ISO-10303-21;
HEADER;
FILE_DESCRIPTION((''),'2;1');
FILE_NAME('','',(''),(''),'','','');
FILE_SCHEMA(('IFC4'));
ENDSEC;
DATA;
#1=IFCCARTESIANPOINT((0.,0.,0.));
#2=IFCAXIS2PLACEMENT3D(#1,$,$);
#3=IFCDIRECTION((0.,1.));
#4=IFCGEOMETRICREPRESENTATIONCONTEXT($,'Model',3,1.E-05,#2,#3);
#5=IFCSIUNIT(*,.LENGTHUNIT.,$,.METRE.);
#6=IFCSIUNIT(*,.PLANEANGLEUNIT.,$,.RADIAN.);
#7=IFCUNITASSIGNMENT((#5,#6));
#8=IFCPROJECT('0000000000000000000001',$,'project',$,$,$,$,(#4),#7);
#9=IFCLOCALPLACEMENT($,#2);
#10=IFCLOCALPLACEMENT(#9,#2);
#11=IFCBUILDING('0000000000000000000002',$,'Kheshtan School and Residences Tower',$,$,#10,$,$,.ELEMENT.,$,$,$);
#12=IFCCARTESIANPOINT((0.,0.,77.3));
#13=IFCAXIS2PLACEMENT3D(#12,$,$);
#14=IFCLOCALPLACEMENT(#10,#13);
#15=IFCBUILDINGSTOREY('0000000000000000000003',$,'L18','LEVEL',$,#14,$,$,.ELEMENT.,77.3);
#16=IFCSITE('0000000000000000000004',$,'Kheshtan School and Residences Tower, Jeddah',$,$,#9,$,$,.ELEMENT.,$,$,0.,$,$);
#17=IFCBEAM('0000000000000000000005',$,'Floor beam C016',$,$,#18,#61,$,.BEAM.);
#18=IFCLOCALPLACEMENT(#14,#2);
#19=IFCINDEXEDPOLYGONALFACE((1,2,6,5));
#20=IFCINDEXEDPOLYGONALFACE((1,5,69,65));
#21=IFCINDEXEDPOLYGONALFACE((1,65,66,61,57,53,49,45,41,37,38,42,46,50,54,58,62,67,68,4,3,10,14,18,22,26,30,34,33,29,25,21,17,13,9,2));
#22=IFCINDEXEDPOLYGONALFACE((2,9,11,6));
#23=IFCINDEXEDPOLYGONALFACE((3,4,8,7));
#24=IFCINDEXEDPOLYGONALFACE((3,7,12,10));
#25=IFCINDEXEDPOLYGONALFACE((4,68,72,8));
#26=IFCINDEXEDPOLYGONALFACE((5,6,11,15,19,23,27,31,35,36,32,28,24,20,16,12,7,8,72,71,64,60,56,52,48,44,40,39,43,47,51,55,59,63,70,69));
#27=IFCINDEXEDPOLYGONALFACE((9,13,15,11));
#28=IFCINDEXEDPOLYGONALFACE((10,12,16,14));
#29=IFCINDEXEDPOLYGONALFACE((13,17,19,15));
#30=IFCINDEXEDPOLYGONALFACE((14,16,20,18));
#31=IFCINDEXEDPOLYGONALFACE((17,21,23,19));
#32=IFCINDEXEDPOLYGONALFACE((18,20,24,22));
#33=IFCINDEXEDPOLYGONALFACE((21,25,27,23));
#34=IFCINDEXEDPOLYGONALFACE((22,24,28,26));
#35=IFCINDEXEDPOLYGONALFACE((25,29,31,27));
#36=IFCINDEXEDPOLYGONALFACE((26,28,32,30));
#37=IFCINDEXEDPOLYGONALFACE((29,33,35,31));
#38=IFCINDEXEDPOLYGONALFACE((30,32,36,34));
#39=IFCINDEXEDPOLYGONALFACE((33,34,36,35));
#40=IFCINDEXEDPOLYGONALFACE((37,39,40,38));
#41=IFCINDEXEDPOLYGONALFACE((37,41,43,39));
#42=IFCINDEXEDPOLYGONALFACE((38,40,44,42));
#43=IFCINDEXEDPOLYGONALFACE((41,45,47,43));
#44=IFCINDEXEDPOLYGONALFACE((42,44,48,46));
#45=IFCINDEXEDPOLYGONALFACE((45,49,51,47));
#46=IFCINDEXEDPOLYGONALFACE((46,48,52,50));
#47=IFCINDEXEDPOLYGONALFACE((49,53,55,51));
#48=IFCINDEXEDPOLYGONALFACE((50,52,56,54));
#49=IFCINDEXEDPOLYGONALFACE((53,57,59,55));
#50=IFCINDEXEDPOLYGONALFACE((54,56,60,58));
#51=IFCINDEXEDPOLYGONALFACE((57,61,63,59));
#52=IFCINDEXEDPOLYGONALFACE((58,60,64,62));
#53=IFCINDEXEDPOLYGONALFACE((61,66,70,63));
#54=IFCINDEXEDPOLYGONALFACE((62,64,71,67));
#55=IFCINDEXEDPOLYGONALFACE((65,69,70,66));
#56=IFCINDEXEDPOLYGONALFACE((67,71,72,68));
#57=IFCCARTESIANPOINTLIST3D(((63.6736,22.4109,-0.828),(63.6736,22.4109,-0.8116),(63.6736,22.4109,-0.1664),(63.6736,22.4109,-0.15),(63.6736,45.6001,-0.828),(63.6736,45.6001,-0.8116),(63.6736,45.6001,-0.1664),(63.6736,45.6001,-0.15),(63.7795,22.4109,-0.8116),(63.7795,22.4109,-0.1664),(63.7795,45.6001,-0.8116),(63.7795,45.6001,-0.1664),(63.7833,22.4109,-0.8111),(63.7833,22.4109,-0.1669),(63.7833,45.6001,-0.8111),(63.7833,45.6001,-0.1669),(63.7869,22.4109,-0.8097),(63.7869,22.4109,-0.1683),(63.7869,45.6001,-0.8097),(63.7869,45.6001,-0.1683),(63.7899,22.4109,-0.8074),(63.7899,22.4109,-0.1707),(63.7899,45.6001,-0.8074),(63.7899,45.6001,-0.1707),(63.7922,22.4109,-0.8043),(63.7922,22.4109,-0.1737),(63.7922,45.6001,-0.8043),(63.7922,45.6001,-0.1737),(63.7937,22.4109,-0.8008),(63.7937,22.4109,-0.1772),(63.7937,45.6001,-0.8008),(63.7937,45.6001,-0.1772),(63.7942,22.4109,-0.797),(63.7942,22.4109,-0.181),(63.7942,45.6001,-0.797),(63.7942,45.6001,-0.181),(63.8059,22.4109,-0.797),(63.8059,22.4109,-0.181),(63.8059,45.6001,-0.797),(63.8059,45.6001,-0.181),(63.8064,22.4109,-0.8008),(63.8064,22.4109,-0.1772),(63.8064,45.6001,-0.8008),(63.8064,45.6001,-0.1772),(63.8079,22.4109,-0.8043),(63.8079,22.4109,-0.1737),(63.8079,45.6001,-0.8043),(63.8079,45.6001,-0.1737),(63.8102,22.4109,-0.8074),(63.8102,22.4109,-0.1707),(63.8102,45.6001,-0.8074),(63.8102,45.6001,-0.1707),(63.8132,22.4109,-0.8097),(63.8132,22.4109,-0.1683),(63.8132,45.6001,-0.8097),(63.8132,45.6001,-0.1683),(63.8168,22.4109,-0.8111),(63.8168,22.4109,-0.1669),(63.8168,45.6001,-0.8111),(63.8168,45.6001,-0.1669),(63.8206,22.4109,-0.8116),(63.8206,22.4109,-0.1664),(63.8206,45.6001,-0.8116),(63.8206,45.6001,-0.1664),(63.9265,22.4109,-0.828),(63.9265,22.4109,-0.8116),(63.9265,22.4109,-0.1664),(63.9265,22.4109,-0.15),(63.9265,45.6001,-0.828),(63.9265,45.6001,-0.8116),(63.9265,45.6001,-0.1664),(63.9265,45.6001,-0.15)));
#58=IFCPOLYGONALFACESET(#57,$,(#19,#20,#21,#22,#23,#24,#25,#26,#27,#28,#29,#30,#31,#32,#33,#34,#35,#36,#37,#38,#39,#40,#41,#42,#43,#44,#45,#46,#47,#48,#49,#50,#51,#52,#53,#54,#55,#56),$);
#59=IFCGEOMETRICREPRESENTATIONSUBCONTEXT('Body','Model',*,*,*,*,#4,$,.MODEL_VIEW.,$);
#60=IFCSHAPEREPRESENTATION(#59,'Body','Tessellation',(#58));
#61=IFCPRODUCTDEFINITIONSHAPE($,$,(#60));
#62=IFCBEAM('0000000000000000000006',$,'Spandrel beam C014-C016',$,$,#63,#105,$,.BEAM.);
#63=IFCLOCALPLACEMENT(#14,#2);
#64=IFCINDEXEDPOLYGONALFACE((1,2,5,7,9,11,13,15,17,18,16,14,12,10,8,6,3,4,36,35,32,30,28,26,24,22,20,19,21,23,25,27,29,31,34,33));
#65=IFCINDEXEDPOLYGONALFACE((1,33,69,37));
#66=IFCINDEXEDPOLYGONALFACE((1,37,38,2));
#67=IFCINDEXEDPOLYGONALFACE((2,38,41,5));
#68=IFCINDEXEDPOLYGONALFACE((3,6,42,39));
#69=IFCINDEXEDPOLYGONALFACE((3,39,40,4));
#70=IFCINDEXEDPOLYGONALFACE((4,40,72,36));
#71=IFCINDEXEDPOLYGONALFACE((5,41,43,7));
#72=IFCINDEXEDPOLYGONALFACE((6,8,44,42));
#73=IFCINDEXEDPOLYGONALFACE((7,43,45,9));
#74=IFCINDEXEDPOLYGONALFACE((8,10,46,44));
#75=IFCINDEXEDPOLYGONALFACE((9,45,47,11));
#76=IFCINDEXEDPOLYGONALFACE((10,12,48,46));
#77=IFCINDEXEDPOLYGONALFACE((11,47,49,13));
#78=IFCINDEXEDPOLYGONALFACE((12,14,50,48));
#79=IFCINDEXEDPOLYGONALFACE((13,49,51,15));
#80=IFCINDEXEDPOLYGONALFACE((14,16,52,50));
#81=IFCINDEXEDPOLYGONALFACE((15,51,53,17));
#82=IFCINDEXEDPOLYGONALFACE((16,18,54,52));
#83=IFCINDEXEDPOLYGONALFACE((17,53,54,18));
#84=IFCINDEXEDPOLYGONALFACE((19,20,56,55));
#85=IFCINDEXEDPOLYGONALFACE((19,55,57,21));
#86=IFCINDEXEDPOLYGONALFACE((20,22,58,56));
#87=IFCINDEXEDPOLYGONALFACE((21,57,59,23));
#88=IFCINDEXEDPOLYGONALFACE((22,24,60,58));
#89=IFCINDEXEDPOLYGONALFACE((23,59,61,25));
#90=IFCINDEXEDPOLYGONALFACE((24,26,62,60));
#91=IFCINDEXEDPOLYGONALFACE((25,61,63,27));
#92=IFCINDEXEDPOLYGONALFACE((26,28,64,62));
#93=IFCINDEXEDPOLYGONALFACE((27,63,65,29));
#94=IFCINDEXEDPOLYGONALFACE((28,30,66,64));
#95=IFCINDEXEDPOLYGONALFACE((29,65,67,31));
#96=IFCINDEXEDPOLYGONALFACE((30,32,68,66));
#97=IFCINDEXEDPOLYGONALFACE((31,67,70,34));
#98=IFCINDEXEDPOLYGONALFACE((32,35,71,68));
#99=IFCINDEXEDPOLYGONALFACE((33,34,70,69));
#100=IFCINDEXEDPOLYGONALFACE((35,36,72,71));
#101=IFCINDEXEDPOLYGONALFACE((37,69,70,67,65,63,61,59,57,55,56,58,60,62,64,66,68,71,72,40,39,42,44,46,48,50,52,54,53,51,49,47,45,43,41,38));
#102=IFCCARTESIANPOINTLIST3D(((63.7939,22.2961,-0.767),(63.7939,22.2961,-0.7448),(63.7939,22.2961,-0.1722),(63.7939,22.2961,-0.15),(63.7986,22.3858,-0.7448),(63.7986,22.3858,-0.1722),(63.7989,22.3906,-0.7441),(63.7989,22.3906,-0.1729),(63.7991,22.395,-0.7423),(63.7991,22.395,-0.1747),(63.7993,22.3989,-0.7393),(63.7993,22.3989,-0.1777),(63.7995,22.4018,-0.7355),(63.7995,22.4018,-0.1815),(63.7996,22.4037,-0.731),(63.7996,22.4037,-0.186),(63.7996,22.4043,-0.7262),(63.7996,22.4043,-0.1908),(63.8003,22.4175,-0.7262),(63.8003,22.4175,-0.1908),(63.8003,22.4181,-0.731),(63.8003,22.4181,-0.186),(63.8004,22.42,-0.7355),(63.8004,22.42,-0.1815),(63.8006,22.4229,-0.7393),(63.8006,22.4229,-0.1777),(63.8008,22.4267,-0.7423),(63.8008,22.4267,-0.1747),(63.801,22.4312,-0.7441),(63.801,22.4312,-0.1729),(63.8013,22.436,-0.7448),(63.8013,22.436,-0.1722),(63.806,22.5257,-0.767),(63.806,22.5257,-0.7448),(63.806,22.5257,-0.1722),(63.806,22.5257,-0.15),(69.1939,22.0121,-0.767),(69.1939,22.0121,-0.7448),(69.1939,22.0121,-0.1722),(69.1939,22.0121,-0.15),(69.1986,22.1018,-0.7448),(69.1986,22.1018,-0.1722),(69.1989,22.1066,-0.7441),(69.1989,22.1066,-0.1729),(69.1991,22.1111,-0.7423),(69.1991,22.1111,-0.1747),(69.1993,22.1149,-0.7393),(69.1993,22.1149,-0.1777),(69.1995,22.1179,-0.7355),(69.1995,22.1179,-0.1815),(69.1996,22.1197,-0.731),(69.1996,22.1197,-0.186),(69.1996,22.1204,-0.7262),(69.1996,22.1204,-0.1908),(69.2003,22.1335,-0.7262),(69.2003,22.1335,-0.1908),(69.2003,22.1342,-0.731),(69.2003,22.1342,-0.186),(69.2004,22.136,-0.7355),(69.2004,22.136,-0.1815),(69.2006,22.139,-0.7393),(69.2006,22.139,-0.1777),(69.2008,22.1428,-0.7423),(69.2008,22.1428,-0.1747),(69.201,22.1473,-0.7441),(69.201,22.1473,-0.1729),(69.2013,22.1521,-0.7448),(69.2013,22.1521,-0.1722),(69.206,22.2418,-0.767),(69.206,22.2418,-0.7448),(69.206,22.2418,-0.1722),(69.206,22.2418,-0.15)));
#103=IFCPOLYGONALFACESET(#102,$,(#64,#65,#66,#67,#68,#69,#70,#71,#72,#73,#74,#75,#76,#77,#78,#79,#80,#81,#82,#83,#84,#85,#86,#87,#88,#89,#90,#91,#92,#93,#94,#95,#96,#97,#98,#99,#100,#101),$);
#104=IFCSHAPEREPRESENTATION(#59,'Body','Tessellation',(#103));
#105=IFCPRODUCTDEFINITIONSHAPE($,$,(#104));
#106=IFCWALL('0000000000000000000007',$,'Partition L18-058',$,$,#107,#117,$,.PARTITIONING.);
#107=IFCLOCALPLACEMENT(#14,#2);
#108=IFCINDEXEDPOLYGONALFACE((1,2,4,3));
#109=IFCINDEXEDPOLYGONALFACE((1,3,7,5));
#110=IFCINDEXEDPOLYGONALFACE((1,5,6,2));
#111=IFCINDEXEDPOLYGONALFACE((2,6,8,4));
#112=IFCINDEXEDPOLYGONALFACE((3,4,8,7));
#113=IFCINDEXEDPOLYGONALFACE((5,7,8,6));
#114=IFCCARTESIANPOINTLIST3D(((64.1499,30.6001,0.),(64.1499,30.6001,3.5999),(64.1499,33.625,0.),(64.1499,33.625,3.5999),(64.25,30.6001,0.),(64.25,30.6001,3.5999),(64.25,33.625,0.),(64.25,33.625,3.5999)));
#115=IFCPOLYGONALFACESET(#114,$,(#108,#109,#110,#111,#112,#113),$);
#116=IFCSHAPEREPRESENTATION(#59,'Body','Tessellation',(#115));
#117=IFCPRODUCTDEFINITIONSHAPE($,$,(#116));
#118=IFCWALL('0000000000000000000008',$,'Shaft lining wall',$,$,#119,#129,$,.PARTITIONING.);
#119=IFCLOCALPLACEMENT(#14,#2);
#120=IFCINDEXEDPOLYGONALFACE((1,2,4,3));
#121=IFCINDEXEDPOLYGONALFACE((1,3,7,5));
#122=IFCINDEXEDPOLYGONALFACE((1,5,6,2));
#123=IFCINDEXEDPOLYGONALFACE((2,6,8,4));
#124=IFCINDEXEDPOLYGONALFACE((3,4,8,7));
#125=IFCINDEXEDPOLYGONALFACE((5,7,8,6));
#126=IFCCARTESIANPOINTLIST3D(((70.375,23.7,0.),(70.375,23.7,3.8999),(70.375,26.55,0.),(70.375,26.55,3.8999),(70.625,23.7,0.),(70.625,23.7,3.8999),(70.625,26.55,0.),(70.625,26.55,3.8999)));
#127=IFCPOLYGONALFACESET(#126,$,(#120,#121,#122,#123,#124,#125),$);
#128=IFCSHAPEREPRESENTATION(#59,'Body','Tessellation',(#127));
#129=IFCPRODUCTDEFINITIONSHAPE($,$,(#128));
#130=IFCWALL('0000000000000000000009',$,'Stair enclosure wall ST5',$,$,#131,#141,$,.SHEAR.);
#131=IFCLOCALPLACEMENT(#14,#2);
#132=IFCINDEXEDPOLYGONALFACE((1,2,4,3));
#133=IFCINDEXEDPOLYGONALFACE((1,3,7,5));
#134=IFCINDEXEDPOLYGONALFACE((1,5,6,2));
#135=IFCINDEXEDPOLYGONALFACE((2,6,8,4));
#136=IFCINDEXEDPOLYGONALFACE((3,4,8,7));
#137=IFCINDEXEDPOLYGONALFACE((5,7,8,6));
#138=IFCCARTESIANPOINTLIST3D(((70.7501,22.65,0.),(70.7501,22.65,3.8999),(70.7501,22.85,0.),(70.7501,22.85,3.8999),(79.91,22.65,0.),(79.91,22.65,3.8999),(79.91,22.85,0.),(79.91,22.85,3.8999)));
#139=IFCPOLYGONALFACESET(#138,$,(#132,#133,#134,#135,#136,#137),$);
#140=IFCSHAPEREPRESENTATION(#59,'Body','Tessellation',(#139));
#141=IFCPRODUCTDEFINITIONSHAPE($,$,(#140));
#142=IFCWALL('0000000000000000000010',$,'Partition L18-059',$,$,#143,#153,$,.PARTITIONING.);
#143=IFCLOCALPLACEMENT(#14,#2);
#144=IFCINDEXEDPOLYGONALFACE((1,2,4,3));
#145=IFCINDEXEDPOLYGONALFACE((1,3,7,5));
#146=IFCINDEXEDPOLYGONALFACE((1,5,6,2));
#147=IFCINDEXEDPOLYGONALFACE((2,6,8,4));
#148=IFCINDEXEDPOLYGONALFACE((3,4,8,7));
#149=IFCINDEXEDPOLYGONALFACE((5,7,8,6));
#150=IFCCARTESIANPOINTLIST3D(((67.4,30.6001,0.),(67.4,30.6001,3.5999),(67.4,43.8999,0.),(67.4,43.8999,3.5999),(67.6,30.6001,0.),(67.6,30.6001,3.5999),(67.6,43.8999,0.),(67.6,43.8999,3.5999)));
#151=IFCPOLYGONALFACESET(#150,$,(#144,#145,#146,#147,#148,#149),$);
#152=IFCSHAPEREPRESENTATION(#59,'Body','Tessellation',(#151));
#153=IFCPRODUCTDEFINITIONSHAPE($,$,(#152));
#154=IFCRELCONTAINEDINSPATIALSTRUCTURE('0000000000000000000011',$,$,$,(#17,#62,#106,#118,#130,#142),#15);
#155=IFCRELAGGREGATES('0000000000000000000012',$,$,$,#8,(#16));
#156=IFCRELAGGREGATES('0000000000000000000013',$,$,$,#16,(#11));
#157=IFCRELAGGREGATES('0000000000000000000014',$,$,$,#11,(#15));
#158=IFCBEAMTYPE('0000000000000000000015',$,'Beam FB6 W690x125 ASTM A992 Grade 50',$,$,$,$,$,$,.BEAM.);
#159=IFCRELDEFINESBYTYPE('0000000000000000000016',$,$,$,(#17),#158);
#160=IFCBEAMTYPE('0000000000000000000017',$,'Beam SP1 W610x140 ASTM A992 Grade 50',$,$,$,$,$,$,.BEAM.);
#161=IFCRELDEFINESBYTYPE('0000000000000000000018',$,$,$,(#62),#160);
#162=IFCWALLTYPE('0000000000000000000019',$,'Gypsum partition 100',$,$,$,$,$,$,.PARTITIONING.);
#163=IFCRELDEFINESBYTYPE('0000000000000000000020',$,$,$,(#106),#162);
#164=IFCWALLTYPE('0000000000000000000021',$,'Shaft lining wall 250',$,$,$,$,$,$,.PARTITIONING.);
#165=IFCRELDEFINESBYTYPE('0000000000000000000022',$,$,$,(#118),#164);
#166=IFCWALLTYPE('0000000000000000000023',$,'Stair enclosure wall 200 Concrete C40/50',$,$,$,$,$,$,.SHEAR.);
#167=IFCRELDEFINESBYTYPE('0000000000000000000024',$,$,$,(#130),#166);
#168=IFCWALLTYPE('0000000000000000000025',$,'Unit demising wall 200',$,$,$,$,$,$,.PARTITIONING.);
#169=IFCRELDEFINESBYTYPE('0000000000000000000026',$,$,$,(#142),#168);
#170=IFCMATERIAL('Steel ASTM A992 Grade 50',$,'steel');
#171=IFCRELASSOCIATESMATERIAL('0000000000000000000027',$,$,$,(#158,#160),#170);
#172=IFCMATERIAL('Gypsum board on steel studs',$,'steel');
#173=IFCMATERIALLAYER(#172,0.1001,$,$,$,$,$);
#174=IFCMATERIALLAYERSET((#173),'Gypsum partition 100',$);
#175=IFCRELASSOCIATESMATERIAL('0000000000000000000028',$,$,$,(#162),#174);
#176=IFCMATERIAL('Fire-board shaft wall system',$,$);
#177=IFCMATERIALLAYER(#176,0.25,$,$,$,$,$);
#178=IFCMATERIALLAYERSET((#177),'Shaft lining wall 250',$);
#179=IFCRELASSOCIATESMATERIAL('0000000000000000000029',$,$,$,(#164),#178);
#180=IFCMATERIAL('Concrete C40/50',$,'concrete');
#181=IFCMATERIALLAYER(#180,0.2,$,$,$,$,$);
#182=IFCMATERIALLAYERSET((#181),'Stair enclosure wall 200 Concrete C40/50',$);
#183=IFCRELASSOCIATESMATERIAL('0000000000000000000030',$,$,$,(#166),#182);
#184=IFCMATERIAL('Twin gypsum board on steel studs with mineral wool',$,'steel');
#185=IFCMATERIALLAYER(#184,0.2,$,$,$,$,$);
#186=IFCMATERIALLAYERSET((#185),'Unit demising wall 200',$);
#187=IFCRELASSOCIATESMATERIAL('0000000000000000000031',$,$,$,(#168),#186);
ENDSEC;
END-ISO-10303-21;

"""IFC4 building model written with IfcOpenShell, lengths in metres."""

from ifc_helpers import new_model, si_unit, direction, frame, frame_2d, origin, origin_2d, place, context, subcontext, project, spatial, rectangle, i_section, extrude, material, layer, layer_set, material_profile, profile_set, type_object, element, save


model = new_model("IFC4")

# Units and contexts
model_context = context("Model", 3, precision=1e-05, world=origin(), true_north=direction((0.0, 1.0)))
body_context = subcontext(model_context, "Body", "Model", "MODEL_VIEW")
ifc_project = project(units=[si_unit("LENGTHUNIT", "METRE"), si_unit("PLANEANGLEUNIT", "RADIAN")], contexts=[model_context])

# Site, building, storey
site_placement = place(None, origin())
site = spatial("IfcSite", under=ifc_project, at=site_placement, Name="Kheshtan School and Residences Tower, Jeddah", CompositionType="ELEMENT", RefElevation=0.0)
building_placement = place(site_placement, origin())
building = spatial("IfcBuilding", under=site, at=building_placement, Name="Kheshtan School and Residences Tower", CompositionType="ELEMENT")
storey_placement = place(building_placement, frame((0.0, 0.0, 77.3)))
storey = spatial("IfcBuildingStorey", under=building, at=storey_placement, Name="L18", Description="LEVEL", CompositionType="ELEMENT", Elevation=77.3)

# Shared definitions
ifc_material_1 = material(Name="Steel ASTM A992 Grade 50", Category="steel")

# Beams
ifc_material_profile_1 = material_profile(ifc_material_1, i_section(OverallWidth=0.2529, OverallDepth=0.678, WebThickness=0.0117, FlangeThickness=0.0164, FilletRadius=0.0146, at=origin_2d()), Name="W690x125")
ifc_profile_set_1 = profile_set([ifc_material_profile_1], Name="Steel ASTM A992 Grade 50")
beam_type_1 = type_object("IfcBeamType", Name="Beam FB6 W690x125 ASTM A992 Grade 50", PredefinedType="BEAM", material=ifc_profile_set_1)
beam_1_placement = place(storey_placement, frame((63.8, 22.4109, -0.489), z_axis=(0.0, 1.0, 0.0), x_axis=(-1.0, 0.0, 0.0)))
element("IfcBeam", 1, at=beam_1_placement, inside=storey, type_object=beam_type_1, Name="Floor beam C016", PredefinedType="BEAM", context=body_context, shape_type="SweptSolid", body=[
    extrude(i_section(OverallWidth=0.2529, OverallDepth=0.678, WebThickness=0.0117, FlangeThickness=0.0164, FilletRadius=0.0146, at=origin_2d()), origin(), (0.0, 0.0, 1.0), 23.1892),
])
ifc_material_profile_2 = material_profile(ifc_material_1, i_section(OverallWidth=0.23, OverallDepth=0.6169, WebThickness=0.0132, FlangeThickness=0.0222, FilletRadius=0.0186, at=origin_2d()), Name="W610x140")
ifc_profile_set_2 = profile_set([ifc_material_profile_2], Name="Steel ASTM A992 Grade 50")
beam_type_2 = type_object("IfcBeamType", Name="Beam SP1 W610x140 ASTM A992 Grade 50", PredefinedType="BEAM", material=ifc_profile_set_2)
beam_2_placement = place(storey_placement, frame((69.2, 22.127, -0.4585), z_axis=(-0.99862, 0.052509, 0.0), x_axis=(-0.052509, -0.99862, 0.0)))
element("IfcBeam", 2, at=beam_2_placement, inside=storey, type_object=beam_type_2, Name="Spandrel beam C014-C016", PredefinedType="BEAM", context=body_context, shape_type="SweptSolid", body=[
    extrude(i_section(OverallWidth=0.23, OverallDepth=0.6169, WebThickness=0.0132, FlangeThickness=0.0222, FilletRadius=0.0186, at=origin_2d()), origin(), (0.0, 0.0, 1.0), 5.4075),
])

# Walls
ifc_material_2 = material(Name="Gypsum board on steel studs", Category="steel")
ifc_layer_1 = layer(ifc_material_2, 0.1001)
ifc_layer_set_1 = layer_set([ifc_layer_1], Name="Gypsum partition 100")
wall_type_1 = type_object("IfcWallType", Name="Gypsum partition 100", PredefinedType="PARTITIONING", material=ifc_layer_set_1)
wall_1_placement = place(storey_placement, frame((64.2, 30.6001, 0.0), z_axis=(0.0, 0.0, 1.0), x_axis=(0.0, 1.0, 0.0)))
element("IfcWall", 3, at=wall_1_placement, inside=storey, type_object=wall_type_1, Name="Partition L18-058", PredefinedType="PARTITIONING", context=body_context, shape_type="SweptSolid", body=[
    extrude(rectangle(XDim=3.0249, YDim=0.1001, at=frame_2d((1.5125, 0.0))), origin(), (0.0, 0.0, 1.0), 3.5999),
])
ifc_material_3 = material(Name="Fire-board shaft wall system")
ifc_layer_2 = layer(ifc_material_3, 0.25)
ifc_layer_set_2 = layer_set([ifc_layer_2], Name="Shaft lining wall 250")
wall_type_2 = type_object("IfcWallType", Name="Shaft lining wall 250", PredefinedType="PARTITIONING", material=ifc_layer_set_2)
wall_2_placement = place(storey_placement, frame((70.5, 23.7, 0.0), z_axis=(0.0, 0.0, 1.0), x_axis=(0.0, 1.0, 0.0)))
element("IfcWall", 4, at=wall_2_placement, inside=storey, type_object=wall_type_2, Name="Shaft lining wall", PredefinedType="PARTITIONING", context=body_context, shape_type="SweptSolid", body=[
    extrude(rectangle(XDim=2.8501, YDim=0.25, at=frame_2d((1.425, 0.0))), origin(), (0.0, 0.0, 1.0), 3.8999),
])
ifc_material_4 = material(Name="Concrete C40/50", Category="concrete")
ifc_layer_3 = layer(ifc_material_4, 0.2)
ifc_layer_set_3 = layer_set([ifc_layer_3], Name="Stair enclosure wall 200 Concrete C40/50")
wall_type_3 = type_object("IfcWallType", Name="Stair enclosure wall 200 Concrete C40/50", PredefinedType="SHEAR", material=ifc_layer_set_3)
wall_3_placement = place(storey_placement, frame((70.75, 22.75, 0.0), z_axis=(0.0, 0.0, 1.0), x_axis=(1.0, 0.0, 0.0)))
element("IfcWall", 5, at=wall_3_placement, inside=storey, type_object=wall_type_3, Name="Stair enclosure wall ST5", PredefinedType="SHEAR", context=body_context, shape_type="SweptSolid", body=[
    extrude(rectangle(XDim=9.1599, YDim=0.2, at=frame_2d((4.5801, 0.0))), origin(), (0.0, 0.0, 1.0), 3.8999),
])
ifc_material_5 = material(Name="Twin gypsum board on steel studs with mineral wool", Category="steel")
ifc_layer_4 = layer(ifc_material_5, 0.2)
ifc_layer_set_4 = layer_set([ifc_layer_4], Name="Unit demising wall 200")
wall_type_4 = type_object("IfcWallType", Name="Unit demising wall 200", PredefinedType="PARTITIONING", material=ifc_layer_set_4)
wall_4_placement = place(storey_placement, frame((67.5, 30.6001, 0.0), z_axis=(0.0, 0.0, 1.0), x_axis=(0.0, 1.0, 0.0)))
element("IfcWall", 6, at=wall_4_placement, inside=storey, type_object=wall_type_4, Name="Partition L18-059", PredefinedType="PARTITIONING", context=body_context, shape_type="SweptSolid", body=[
    extrude(rectangle(XDim=13.2998, YDim=0.2, at=frame_2d((6.6499, 0.0))), origin(), (0.0, 0.0, 1.0), 3.5999),
])

save(model, "model.ifc")
